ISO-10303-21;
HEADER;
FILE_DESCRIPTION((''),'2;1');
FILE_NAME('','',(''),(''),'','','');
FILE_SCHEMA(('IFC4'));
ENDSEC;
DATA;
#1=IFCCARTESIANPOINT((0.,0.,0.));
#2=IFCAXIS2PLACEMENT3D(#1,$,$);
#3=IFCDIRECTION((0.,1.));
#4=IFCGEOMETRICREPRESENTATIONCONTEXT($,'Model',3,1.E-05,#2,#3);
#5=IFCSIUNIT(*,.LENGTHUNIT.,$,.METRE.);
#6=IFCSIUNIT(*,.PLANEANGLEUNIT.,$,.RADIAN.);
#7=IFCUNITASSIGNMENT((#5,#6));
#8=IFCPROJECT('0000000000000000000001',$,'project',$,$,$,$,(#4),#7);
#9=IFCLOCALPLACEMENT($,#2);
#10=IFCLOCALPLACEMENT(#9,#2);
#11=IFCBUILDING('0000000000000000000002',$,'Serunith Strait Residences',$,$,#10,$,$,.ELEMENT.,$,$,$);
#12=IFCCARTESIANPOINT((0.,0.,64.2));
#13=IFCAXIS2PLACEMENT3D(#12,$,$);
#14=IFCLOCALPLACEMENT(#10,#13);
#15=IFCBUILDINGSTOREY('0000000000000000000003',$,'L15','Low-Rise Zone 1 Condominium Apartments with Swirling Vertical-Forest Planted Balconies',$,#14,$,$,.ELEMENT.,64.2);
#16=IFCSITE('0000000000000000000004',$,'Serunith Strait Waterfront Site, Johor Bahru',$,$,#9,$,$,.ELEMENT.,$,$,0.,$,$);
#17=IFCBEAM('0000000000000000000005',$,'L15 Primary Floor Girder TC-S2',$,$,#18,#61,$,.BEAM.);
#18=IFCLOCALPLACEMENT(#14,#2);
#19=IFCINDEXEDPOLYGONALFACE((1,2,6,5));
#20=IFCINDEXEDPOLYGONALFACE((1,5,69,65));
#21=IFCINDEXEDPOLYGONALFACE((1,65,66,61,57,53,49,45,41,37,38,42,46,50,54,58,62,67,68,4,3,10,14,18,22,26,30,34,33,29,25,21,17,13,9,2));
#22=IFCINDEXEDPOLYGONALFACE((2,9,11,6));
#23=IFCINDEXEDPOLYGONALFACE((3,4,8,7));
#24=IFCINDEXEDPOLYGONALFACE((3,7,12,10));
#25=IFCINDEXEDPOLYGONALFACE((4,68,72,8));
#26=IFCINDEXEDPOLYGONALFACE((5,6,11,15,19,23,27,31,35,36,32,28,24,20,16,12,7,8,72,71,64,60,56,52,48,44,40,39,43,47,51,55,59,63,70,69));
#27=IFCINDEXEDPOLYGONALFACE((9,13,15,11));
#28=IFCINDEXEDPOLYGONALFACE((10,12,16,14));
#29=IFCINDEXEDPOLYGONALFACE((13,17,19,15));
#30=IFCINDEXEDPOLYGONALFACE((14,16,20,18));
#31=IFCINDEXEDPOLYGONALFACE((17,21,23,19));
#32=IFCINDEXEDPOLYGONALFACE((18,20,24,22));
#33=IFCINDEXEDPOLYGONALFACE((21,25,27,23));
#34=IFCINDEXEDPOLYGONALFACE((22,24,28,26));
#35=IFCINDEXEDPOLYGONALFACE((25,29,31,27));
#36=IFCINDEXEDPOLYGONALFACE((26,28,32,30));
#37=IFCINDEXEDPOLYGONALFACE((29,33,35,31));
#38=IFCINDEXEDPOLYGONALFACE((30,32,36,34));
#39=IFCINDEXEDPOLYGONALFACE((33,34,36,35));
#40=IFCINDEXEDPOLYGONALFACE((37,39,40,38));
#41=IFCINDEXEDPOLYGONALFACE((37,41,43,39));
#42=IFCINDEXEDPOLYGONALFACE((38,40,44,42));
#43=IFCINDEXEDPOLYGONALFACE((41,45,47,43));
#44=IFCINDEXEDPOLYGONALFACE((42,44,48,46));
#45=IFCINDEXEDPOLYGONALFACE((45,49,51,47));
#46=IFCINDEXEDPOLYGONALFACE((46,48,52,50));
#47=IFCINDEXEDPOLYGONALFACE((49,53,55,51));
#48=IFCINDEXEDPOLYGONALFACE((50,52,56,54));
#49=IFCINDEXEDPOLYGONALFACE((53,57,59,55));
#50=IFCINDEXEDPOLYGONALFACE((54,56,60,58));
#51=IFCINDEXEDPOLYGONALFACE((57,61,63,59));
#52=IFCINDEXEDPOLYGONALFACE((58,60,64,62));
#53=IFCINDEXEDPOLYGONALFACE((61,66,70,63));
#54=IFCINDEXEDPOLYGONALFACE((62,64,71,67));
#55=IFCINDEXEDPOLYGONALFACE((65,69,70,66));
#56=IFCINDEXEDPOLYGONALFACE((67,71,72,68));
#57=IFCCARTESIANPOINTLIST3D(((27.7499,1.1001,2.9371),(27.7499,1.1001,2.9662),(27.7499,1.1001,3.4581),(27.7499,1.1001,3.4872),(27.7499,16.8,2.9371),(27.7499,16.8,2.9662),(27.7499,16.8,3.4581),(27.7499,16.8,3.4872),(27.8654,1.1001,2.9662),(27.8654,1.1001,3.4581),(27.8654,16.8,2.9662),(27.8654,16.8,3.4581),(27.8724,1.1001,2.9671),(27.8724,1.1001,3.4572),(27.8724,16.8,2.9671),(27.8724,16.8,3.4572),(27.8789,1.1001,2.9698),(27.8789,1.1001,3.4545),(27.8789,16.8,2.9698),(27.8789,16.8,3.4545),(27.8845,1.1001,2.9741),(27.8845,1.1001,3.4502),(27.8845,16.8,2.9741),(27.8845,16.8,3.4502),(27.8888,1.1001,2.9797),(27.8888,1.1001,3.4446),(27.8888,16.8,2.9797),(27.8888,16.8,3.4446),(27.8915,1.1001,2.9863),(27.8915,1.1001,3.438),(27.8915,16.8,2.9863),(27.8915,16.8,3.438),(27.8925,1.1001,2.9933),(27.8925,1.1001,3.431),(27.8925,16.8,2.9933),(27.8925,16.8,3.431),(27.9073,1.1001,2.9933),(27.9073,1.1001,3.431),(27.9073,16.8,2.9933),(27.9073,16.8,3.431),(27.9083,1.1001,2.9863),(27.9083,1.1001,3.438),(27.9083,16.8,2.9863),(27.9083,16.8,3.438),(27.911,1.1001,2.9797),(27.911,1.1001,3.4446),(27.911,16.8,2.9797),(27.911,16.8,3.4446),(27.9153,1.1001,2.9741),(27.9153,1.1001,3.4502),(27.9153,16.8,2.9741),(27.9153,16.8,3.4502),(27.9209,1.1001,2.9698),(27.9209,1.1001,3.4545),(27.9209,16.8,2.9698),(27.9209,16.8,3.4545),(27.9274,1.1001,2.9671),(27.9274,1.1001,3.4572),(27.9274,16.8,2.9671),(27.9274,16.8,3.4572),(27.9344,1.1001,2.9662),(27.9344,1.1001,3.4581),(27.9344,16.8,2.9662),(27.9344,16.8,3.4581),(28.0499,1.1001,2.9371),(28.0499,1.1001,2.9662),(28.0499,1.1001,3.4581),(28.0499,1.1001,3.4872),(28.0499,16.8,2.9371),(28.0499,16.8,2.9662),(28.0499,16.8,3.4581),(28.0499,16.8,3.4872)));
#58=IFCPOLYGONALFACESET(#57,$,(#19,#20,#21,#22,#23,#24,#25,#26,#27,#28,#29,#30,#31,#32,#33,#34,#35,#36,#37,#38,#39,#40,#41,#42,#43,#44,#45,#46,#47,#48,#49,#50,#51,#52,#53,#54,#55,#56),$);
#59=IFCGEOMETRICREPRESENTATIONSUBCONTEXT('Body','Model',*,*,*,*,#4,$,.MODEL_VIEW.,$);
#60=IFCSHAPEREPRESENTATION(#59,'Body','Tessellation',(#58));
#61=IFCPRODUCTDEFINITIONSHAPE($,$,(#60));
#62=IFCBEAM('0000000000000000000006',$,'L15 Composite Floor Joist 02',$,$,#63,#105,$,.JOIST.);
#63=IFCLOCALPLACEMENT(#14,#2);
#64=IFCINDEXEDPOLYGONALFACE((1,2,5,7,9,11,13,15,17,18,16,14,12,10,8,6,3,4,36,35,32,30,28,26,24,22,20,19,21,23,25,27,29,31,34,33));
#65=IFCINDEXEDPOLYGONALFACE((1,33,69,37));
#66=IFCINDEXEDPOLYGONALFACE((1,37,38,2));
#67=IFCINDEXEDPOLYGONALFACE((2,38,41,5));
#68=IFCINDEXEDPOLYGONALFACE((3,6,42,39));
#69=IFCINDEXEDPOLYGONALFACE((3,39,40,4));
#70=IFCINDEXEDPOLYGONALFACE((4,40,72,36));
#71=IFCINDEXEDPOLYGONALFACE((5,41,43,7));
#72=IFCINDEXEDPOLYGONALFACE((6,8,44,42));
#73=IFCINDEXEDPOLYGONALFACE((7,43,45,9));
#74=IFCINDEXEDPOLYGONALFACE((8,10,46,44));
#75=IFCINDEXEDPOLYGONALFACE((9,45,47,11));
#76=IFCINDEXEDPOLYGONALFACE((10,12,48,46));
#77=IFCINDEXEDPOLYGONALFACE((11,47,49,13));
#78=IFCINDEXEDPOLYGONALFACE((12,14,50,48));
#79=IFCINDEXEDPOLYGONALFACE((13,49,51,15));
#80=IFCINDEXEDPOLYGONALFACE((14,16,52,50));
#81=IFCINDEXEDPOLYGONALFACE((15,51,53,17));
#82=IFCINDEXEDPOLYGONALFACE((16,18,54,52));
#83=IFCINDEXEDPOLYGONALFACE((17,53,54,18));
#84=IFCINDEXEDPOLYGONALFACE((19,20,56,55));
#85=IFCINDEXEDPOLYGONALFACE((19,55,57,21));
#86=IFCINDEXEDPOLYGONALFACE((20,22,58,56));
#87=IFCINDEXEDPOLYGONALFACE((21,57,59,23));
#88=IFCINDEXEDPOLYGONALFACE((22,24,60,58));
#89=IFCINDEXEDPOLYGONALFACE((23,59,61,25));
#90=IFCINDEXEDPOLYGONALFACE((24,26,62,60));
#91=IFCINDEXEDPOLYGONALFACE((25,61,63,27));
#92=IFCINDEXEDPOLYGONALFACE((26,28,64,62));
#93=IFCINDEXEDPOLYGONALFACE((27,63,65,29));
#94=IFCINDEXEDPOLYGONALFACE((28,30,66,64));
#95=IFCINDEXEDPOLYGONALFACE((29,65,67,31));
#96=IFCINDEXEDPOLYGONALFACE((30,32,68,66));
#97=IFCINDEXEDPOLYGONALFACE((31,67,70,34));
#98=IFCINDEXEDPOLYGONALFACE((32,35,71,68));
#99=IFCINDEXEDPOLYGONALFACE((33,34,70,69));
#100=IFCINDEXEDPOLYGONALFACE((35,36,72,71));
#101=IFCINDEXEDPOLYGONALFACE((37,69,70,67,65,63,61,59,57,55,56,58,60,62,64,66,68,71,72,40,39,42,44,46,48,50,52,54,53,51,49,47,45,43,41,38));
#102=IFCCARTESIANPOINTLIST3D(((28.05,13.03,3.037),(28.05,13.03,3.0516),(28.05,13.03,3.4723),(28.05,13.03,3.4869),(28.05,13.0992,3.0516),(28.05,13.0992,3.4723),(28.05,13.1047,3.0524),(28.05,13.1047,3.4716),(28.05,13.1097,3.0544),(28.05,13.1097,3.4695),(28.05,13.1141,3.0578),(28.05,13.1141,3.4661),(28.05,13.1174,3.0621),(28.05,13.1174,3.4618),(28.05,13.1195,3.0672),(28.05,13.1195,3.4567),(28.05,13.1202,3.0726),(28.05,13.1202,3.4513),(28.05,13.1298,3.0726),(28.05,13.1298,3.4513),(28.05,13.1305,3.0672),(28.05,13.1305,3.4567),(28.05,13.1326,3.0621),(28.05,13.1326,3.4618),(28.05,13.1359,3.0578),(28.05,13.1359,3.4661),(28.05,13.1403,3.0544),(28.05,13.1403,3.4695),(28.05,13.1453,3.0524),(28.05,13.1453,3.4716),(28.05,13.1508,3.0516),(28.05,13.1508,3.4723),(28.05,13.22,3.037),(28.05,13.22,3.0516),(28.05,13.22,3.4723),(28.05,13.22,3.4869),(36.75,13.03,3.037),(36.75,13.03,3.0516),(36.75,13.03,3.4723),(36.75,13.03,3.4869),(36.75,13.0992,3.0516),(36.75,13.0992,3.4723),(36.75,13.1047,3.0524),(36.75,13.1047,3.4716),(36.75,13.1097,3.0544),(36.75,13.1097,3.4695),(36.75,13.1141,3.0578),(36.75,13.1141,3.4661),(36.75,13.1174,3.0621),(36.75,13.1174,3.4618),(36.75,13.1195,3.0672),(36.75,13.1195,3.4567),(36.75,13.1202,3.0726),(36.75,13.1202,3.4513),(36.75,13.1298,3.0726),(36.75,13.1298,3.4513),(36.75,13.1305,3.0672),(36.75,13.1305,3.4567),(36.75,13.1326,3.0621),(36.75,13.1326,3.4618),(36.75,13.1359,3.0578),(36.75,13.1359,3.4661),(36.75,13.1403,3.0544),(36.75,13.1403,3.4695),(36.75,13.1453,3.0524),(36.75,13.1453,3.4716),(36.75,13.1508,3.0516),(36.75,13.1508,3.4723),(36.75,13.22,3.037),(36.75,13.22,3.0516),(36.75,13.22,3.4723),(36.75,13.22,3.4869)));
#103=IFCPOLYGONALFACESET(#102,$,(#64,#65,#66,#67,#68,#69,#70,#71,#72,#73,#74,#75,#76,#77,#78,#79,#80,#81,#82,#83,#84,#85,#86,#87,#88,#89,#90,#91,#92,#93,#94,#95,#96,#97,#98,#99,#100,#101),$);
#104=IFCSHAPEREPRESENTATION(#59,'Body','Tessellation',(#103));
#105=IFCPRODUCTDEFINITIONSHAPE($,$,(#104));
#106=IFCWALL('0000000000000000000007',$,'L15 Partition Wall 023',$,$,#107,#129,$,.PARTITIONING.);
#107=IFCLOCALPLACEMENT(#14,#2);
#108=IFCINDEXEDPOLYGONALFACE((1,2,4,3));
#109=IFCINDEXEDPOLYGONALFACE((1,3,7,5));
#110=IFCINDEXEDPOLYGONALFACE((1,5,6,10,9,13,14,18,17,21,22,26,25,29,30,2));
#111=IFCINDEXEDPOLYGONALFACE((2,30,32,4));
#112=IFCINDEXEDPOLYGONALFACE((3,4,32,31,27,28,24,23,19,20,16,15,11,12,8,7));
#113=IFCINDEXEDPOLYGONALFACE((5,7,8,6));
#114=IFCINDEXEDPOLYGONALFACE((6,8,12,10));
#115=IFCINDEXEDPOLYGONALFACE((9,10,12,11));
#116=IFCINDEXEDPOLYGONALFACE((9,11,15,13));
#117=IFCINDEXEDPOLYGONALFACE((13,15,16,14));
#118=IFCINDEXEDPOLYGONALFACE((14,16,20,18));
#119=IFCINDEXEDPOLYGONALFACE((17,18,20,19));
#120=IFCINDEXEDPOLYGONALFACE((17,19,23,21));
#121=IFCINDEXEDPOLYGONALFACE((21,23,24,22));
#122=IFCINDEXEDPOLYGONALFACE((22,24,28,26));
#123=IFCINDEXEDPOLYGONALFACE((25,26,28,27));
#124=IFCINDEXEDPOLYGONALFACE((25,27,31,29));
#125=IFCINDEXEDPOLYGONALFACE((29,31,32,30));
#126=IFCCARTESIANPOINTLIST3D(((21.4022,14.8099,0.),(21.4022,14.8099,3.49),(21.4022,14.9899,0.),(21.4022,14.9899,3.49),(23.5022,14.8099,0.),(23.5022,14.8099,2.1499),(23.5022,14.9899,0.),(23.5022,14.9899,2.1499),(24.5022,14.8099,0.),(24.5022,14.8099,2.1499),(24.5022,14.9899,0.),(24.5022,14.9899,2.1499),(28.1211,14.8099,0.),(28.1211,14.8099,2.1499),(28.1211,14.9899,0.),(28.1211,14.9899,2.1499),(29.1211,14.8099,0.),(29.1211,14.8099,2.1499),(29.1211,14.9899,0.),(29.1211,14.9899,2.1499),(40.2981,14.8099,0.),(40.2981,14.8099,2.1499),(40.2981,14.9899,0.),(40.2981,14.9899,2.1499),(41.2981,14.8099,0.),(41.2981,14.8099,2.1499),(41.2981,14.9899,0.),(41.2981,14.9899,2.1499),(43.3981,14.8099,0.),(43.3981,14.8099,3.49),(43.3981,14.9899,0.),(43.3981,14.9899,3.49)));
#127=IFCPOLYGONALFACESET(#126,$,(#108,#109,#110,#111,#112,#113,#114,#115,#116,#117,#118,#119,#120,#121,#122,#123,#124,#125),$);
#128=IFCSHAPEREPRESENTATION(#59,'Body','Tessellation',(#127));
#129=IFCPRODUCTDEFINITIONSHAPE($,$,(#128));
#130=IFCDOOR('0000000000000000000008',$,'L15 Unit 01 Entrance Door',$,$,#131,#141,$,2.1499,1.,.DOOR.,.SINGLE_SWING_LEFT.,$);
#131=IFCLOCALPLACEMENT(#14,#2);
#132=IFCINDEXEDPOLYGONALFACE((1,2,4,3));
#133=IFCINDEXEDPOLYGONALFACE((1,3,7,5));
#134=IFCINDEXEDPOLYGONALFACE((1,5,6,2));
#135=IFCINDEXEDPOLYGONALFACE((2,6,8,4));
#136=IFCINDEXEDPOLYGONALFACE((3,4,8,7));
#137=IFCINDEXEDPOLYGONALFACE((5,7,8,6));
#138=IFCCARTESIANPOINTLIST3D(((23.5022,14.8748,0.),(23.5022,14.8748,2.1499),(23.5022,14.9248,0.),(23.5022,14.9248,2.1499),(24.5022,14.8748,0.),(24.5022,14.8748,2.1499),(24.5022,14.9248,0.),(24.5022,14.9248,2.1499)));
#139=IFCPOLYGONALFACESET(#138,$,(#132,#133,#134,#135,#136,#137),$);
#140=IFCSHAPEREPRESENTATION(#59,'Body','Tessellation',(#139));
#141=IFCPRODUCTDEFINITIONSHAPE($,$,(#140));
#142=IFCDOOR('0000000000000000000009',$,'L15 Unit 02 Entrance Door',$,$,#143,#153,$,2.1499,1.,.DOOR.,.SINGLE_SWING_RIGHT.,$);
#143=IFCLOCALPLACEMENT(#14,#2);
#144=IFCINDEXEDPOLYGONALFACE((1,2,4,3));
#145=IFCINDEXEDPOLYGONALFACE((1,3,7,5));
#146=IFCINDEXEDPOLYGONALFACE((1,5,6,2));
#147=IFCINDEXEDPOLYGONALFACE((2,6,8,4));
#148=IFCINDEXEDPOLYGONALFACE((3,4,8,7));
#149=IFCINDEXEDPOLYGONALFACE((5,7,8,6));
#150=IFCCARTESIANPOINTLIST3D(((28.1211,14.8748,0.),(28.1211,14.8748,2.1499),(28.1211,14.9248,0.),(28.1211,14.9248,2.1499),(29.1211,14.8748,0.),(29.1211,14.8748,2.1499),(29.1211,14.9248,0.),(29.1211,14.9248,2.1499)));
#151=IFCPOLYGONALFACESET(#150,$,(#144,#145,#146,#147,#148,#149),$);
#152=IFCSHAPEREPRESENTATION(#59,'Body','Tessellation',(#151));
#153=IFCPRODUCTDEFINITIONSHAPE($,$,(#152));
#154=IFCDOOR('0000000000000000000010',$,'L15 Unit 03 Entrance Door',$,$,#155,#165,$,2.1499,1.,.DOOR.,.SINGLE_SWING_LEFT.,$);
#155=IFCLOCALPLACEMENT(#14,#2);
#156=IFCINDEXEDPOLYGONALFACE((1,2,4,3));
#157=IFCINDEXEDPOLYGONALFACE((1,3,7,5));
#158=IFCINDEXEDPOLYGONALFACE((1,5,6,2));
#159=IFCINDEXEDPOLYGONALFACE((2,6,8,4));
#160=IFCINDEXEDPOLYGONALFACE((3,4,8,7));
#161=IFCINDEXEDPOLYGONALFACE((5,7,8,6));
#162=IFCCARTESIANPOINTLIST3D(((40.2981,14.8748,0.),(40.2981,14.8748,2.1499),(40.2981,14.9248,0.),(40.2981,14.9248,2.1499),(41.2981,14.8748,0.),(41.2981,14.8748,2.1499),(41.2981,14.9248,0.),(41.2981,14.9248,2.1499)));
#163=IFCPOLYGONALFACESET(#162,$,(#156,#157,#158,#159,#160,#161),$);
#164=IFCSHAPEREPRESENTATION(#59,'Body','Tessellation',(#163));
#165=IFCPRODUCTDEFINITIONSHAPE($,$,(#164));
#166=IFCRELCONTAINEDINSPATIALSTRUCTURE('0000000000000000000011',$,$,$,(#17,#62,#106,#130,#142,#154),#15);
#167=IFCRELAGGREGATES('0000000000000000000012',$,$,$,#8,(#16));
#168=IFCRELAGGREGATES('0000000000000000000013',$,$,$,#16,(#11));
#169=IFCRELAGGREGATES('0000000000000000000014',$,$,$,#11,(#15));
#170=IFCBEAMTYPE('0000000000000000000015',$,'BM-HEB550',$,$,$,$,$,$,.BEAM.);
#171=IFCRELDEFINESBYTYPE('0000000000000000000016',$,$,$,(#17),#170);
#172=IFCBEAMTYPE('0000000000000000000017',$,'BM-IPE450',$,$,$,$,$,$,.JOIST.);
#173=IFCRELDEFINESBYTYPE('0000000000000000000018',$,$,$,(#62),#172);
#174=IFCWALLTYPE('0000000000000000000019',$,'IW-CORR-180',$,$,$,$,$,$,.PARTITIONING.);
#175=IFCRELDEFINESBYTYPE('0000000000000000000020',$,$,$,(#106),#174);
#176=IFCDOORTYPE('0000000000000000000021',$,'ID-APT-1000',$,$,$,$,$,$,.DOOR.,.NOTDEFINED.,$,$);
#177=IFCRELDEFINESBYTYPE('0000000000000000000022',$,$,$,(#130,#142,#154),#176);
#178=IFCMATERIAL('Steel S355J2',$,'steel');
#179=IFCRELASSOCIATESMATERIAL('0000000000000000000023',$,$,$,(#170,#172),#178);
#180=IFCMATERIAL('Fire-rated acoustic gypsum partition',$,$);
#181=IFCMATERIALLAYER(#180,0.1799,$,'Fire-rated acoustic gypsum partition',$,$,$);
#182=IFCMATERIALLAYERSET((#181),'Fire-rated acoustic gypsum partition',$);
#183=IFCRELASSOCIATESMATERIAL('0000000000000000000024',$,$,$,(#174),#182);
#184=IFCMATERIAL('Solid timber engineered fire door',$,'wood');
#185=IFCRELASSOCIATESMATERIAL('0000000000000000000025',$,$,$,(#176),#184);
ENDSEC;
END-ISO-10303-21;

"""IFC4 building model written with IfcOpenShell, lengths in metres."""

from ifc_helpers import new_model, si_unit, direction, frame, frame_2d, origin, origin_2d, place, context, subcontext, project, spatial, rectangle, i_section, extrude, source, transform, mapped, material, layer, layer_set, material_profile, profile_set, type_object, element, fill, save


model = new_model("IFC4")

# Units and contexts
model_context = context("Model", 3, precision=1e-05, world=origin(), true_north=direction((0.0, 1.0)))
body_context = subcontext(model_context, "Body", "Model", "MODEL_VIEW")
ifc_project = project(units=[si_unit("LENGTHUNIT", "METRE"), si_unit("PLANEANGLEUNIT", "RADIAN")], contexts=[model_context])

# Site, building, storey
site_placement = place(None, origin())
site = spatial("IfcSite", under=ifc_project, at=site_placement, Name="Serunith Strait Waterfront Site, Johor Bahru", CompositionType="ELEMENT", RefElevation=0.0)
building_placement = place(site_placement, origin())
building = spatial("IfcBuilding", under=site, at=building_placement, Name="Serunith Strait Residences", CompositionType="ELEMENT")
storey_placement = place(building_placement, frame((0.0, 0.0, 64.2)))
storey = spatial("IfcBuildingStorey", under=building, at=storey_placement, Name="L15", Description="Low-Rise Zone 1 Condominium Apartments with Swirling Vertical-Forest Planted Balconies", CompositionType="ELEMENT", Elevation=64.2)

# Beams
ifc_material_1 = material(Name="Steel S355J2", Category="steel")
ifc_material_profile_1 = material_profile(ifc_material_1, i_section(OverallWidth=0.3, OverallDepth=0.55, WebThickness=0.0149, FlangeThickness=0.0291, FilletRadius=0.0271, at=origin_2d()), Name="HEB 550")
ifc_profile_set_1 = profile_set([ifc_material_profile_1], Name="Steel S355J2")
beam_type_1 = type_object("IfcBeamType", Name="BM-HEB550", PredefinedType="BEAM", material=ifc_profile_set_1)
shared_shape_1 = source(origin(), body_context, "Body", "SweptSolid", [
    extrude(i_section(OverallWidth=0.3, OverallDepth=0.55, WebThickness=0.0149, FlangeThickness=0.0291, FilletRadius=0.0271, at=origin_2d()), origin(), (0.0, 0.0, 1.0), 15.7),
])
beam_1_placement = place(storey_placement, frame((27.8999, 16.8, 3.2122), z_axis=(0.0, -1.0, 0.0), x_axis=(1.0, 0.0, 0.0)))
element("IfcBeam", 1, at=beam_1_placement, inside=storey, type_object=beam_type_1, Name="L15 Primary Floor Girder TC-S2", PredefinedType="BEAM", context=body_context, shape_type="MappedRepresentation", body=[
    mapped(shared_shape_1, transform((0.0, 0.0, 0.0), scale=1.0)),
])
ifc_material_profile_2 = material_profile(ifc_material_1, i_section(OverallWidth=0.1899, OverallDepth=0.45, WebThickness=0.0095, FlangeThickness=0.0146, FilletRadius=0.021, at=origin_2d()), Name="IPE 450")
ifc_profile_set_2 = profile_set([ifc_material_profile_2], Name="Steel S355J2")
beam_type_2 = type_object("IfcBeamType", Name="BM-IPE450", PredefinedType="JOIST", material=ifc_profile_set_2)
shared_shape_2 = source(origin(), body_context, "Body", "SweptSolid", [
    extrude(i_section(OverallWidth=0.1899, OverallDepth=0.45, WebThickness=0.0095, FlangeThickness=0.0146, FilletRadius=0.021, at=origin_2d()), origin(), (0.0, 0.0, 1.0), 8.7),
])
beam_2_placement = place(storey_placement, frame((28.05, 13.125, 3.262), z_axis=(1.0, 0.0, 0.0), x_axis=(0.0, 1.0, 0.0)))
element("IfcBeam", 2, at=beam_2_placement, inside=storey, type_object=beam_type_2, Name="L15 Composite Floor Joist 02", PredefinedType="JOIST", context=body_context, shape_type="MappedRepresentation", body=[
    mapped(shared_shape_2, transform((0.0, 0.0, 0.0), scale=1.0)),
])

# Wall, openings, doors
ifc_material_2 = material(Name="Fire-rated acoustic gypsum partition")
ifc_layer_1 = layer(ifc_material_2, 0.1799, Name="Fire-rated acoustic gypsum partition")
ifc_layer_set_1 = layer_set([ifc_layer_1], Name="Fire-rated acoustic gypsum partition")
wall_type_1 = type_object("IfcWallType", Name="IW-CORR-180", PredefinedType="PARTITIONING", material=ifc_layer_set_1)
wall_1_placement = place(storey_placement, frame((21.4021, 14.8999, 0.0), z_axis=(0.0, 0.0, 1.0), x_axis=(1.0, 0.0, 0.0)))
wall_1 = element("IfcWall", 3, at=wall_1_placement, inside=storey, type_object=wall_type_1, Name="L15 Partition Wall 023", PredefinedType="PARTITIONING", context=body_context, shape_type="SweptSolid", body=[
    extrude(rectangle(XDim=21.9958, YDim=0.1799, at=frame_2d((10.998, 0.0))), origin(), (0.0, 0.0, 1.0), 3.49),
])
opening_1_placement = place(wall_1_placement, frame((2.1001, 0.0, 0.0)))
opening_1 = element("IfcOpeningElement", 4, at=opening_1_placement, cuts=wall_1, PredefinedType="OPENING", context=body_context, shape_type="SweptSolid", body=[
    extrude(rectangle(XDim=1.0, YDim=2.1499, at=frame_2d((0.5, 1.075))), frame((0.0, 0.1001, 0.0), z_axis=(0.0, -1.0, 0.0), x_axis=(1.0, 0.0, 0.0)), (0.0, 0.0, 1.0), 0.2),
])
opening_2_placement = place(wall_1_placement, frame((6.719, 0.0, 0.0)))
opening_2 = element("IfcOpeningElement", 5, at=opening_2_placement, cuts=wall_1, PredefinedType="OPENING", context=body_context, shape_type="SweptSolid", body=[
    extrude(rectangle(XDim=1.0, YDim=2.1499, at=frame_2d((0.5, 1.075))), frame((0.0, 0.1001, 0.0), z_axis=(0.0, -1.0, 0.0), x_axis=(1.0, 0.0, 0.0)), (0.0, 0.0, 1.0), 0.2),
])
opening_3_placement = place(wall_1_placement, frame((18.896, 0.0, 0.0)))
opening_3 = element("IfcOpeningElement", 6, at=opening_3_placement, cuts=wall_1, PredefinedType="OPENING", context=body_context, shape_type="SweptSolid", body=[
    extrude(rectangle(XDim=1.0, YDim=2.1499, at=frame_2d((0.5, 1.075))), frame((0.0, 0.1001, 0.0), z_axis=(0.0, -1.0, 0.0), x_axis=(1.0, 0.0, 0.0)), (0.0, 0.0, 1.0), 0.2),
])
ifc_material_3 = material(Name="Solid timber engineered fire door", Category="wood")
door_type_1 = type_object("IfcDoorType", Name="ID-APT-1000", OperationType="NOTDEFINED", PredefinedType="DOOR", material=ifc_material_3)
shared_shape_3 = source(origin(), body_context, "Body", "SweptSolid", [
    extrude(rectangle(XDim=1.0, YDim=2.1499, at=frame_2d((0.5, 1.075))), frame((0.0, 0.0249, 0.0), z_axis=(0.0, -1.0, 0.0), x_axis=(1.0, 0.0, 0.0)), (0.0, 0.0, 1.0), 0.05),
])
door_1_placement = place(opening_1_placement, origin())
door_1 = element("IfcDoor", 7, at=door_1_placement, inside=storey, type_object=door_type_1, Name="L15 Unit 01 Entrance Door", OperationType="SINGLE_SWING_LEFT", OverallHeight=2.1499, OverallWidth=1.0, PredefinedType="DOOR", context=body_context, shape_type="MappedRepresentation", body=[
    mapped(shared_shape_3, transform((0.0, 0.0, 0.0), scale=1.0)),
])
fill(opening_1, door_1)
door_2_placement = place(opening_2_placement, origin())
door_2 = element("IfcDoor", 8, at=door_2_placement, inside=storey, type_object=door_type_1, Name="L15 Unit 02 Entrance Door", OperationType="SINGLE_SWING_RIGHT", OverallHeight=2.1499, OverallWidth=1.0, PredefinedType="DOOR", context=body_context, shape_type="MappedRepresentation", body=[
    mapped(shared_shape_3, transform((0.0, 0.0, 0.0), scale=1.0)),
])
fill(opening_2, door_2)
door_3_placement = place(opening_3_placement, origin())
door_3 = element("IfcDoor", 9, at=door_3_placement, inside=storey, type_object=door_type_1, Name="L15 Unit 03 Entrance Door", OperationType="SINGLE_SWING_LEFT", OverallHeight=2.1499, OverallWidth=1.0, PredefinedType="DOOR", context=body_context, shape_type="MappedRepresentation", body=[
    mapped(shared_shape_3, transform((0.0, 0.0, 0.0), scale=1.0)),
])
fill(opening_3, door_3)

save(model, "model.ifc")
